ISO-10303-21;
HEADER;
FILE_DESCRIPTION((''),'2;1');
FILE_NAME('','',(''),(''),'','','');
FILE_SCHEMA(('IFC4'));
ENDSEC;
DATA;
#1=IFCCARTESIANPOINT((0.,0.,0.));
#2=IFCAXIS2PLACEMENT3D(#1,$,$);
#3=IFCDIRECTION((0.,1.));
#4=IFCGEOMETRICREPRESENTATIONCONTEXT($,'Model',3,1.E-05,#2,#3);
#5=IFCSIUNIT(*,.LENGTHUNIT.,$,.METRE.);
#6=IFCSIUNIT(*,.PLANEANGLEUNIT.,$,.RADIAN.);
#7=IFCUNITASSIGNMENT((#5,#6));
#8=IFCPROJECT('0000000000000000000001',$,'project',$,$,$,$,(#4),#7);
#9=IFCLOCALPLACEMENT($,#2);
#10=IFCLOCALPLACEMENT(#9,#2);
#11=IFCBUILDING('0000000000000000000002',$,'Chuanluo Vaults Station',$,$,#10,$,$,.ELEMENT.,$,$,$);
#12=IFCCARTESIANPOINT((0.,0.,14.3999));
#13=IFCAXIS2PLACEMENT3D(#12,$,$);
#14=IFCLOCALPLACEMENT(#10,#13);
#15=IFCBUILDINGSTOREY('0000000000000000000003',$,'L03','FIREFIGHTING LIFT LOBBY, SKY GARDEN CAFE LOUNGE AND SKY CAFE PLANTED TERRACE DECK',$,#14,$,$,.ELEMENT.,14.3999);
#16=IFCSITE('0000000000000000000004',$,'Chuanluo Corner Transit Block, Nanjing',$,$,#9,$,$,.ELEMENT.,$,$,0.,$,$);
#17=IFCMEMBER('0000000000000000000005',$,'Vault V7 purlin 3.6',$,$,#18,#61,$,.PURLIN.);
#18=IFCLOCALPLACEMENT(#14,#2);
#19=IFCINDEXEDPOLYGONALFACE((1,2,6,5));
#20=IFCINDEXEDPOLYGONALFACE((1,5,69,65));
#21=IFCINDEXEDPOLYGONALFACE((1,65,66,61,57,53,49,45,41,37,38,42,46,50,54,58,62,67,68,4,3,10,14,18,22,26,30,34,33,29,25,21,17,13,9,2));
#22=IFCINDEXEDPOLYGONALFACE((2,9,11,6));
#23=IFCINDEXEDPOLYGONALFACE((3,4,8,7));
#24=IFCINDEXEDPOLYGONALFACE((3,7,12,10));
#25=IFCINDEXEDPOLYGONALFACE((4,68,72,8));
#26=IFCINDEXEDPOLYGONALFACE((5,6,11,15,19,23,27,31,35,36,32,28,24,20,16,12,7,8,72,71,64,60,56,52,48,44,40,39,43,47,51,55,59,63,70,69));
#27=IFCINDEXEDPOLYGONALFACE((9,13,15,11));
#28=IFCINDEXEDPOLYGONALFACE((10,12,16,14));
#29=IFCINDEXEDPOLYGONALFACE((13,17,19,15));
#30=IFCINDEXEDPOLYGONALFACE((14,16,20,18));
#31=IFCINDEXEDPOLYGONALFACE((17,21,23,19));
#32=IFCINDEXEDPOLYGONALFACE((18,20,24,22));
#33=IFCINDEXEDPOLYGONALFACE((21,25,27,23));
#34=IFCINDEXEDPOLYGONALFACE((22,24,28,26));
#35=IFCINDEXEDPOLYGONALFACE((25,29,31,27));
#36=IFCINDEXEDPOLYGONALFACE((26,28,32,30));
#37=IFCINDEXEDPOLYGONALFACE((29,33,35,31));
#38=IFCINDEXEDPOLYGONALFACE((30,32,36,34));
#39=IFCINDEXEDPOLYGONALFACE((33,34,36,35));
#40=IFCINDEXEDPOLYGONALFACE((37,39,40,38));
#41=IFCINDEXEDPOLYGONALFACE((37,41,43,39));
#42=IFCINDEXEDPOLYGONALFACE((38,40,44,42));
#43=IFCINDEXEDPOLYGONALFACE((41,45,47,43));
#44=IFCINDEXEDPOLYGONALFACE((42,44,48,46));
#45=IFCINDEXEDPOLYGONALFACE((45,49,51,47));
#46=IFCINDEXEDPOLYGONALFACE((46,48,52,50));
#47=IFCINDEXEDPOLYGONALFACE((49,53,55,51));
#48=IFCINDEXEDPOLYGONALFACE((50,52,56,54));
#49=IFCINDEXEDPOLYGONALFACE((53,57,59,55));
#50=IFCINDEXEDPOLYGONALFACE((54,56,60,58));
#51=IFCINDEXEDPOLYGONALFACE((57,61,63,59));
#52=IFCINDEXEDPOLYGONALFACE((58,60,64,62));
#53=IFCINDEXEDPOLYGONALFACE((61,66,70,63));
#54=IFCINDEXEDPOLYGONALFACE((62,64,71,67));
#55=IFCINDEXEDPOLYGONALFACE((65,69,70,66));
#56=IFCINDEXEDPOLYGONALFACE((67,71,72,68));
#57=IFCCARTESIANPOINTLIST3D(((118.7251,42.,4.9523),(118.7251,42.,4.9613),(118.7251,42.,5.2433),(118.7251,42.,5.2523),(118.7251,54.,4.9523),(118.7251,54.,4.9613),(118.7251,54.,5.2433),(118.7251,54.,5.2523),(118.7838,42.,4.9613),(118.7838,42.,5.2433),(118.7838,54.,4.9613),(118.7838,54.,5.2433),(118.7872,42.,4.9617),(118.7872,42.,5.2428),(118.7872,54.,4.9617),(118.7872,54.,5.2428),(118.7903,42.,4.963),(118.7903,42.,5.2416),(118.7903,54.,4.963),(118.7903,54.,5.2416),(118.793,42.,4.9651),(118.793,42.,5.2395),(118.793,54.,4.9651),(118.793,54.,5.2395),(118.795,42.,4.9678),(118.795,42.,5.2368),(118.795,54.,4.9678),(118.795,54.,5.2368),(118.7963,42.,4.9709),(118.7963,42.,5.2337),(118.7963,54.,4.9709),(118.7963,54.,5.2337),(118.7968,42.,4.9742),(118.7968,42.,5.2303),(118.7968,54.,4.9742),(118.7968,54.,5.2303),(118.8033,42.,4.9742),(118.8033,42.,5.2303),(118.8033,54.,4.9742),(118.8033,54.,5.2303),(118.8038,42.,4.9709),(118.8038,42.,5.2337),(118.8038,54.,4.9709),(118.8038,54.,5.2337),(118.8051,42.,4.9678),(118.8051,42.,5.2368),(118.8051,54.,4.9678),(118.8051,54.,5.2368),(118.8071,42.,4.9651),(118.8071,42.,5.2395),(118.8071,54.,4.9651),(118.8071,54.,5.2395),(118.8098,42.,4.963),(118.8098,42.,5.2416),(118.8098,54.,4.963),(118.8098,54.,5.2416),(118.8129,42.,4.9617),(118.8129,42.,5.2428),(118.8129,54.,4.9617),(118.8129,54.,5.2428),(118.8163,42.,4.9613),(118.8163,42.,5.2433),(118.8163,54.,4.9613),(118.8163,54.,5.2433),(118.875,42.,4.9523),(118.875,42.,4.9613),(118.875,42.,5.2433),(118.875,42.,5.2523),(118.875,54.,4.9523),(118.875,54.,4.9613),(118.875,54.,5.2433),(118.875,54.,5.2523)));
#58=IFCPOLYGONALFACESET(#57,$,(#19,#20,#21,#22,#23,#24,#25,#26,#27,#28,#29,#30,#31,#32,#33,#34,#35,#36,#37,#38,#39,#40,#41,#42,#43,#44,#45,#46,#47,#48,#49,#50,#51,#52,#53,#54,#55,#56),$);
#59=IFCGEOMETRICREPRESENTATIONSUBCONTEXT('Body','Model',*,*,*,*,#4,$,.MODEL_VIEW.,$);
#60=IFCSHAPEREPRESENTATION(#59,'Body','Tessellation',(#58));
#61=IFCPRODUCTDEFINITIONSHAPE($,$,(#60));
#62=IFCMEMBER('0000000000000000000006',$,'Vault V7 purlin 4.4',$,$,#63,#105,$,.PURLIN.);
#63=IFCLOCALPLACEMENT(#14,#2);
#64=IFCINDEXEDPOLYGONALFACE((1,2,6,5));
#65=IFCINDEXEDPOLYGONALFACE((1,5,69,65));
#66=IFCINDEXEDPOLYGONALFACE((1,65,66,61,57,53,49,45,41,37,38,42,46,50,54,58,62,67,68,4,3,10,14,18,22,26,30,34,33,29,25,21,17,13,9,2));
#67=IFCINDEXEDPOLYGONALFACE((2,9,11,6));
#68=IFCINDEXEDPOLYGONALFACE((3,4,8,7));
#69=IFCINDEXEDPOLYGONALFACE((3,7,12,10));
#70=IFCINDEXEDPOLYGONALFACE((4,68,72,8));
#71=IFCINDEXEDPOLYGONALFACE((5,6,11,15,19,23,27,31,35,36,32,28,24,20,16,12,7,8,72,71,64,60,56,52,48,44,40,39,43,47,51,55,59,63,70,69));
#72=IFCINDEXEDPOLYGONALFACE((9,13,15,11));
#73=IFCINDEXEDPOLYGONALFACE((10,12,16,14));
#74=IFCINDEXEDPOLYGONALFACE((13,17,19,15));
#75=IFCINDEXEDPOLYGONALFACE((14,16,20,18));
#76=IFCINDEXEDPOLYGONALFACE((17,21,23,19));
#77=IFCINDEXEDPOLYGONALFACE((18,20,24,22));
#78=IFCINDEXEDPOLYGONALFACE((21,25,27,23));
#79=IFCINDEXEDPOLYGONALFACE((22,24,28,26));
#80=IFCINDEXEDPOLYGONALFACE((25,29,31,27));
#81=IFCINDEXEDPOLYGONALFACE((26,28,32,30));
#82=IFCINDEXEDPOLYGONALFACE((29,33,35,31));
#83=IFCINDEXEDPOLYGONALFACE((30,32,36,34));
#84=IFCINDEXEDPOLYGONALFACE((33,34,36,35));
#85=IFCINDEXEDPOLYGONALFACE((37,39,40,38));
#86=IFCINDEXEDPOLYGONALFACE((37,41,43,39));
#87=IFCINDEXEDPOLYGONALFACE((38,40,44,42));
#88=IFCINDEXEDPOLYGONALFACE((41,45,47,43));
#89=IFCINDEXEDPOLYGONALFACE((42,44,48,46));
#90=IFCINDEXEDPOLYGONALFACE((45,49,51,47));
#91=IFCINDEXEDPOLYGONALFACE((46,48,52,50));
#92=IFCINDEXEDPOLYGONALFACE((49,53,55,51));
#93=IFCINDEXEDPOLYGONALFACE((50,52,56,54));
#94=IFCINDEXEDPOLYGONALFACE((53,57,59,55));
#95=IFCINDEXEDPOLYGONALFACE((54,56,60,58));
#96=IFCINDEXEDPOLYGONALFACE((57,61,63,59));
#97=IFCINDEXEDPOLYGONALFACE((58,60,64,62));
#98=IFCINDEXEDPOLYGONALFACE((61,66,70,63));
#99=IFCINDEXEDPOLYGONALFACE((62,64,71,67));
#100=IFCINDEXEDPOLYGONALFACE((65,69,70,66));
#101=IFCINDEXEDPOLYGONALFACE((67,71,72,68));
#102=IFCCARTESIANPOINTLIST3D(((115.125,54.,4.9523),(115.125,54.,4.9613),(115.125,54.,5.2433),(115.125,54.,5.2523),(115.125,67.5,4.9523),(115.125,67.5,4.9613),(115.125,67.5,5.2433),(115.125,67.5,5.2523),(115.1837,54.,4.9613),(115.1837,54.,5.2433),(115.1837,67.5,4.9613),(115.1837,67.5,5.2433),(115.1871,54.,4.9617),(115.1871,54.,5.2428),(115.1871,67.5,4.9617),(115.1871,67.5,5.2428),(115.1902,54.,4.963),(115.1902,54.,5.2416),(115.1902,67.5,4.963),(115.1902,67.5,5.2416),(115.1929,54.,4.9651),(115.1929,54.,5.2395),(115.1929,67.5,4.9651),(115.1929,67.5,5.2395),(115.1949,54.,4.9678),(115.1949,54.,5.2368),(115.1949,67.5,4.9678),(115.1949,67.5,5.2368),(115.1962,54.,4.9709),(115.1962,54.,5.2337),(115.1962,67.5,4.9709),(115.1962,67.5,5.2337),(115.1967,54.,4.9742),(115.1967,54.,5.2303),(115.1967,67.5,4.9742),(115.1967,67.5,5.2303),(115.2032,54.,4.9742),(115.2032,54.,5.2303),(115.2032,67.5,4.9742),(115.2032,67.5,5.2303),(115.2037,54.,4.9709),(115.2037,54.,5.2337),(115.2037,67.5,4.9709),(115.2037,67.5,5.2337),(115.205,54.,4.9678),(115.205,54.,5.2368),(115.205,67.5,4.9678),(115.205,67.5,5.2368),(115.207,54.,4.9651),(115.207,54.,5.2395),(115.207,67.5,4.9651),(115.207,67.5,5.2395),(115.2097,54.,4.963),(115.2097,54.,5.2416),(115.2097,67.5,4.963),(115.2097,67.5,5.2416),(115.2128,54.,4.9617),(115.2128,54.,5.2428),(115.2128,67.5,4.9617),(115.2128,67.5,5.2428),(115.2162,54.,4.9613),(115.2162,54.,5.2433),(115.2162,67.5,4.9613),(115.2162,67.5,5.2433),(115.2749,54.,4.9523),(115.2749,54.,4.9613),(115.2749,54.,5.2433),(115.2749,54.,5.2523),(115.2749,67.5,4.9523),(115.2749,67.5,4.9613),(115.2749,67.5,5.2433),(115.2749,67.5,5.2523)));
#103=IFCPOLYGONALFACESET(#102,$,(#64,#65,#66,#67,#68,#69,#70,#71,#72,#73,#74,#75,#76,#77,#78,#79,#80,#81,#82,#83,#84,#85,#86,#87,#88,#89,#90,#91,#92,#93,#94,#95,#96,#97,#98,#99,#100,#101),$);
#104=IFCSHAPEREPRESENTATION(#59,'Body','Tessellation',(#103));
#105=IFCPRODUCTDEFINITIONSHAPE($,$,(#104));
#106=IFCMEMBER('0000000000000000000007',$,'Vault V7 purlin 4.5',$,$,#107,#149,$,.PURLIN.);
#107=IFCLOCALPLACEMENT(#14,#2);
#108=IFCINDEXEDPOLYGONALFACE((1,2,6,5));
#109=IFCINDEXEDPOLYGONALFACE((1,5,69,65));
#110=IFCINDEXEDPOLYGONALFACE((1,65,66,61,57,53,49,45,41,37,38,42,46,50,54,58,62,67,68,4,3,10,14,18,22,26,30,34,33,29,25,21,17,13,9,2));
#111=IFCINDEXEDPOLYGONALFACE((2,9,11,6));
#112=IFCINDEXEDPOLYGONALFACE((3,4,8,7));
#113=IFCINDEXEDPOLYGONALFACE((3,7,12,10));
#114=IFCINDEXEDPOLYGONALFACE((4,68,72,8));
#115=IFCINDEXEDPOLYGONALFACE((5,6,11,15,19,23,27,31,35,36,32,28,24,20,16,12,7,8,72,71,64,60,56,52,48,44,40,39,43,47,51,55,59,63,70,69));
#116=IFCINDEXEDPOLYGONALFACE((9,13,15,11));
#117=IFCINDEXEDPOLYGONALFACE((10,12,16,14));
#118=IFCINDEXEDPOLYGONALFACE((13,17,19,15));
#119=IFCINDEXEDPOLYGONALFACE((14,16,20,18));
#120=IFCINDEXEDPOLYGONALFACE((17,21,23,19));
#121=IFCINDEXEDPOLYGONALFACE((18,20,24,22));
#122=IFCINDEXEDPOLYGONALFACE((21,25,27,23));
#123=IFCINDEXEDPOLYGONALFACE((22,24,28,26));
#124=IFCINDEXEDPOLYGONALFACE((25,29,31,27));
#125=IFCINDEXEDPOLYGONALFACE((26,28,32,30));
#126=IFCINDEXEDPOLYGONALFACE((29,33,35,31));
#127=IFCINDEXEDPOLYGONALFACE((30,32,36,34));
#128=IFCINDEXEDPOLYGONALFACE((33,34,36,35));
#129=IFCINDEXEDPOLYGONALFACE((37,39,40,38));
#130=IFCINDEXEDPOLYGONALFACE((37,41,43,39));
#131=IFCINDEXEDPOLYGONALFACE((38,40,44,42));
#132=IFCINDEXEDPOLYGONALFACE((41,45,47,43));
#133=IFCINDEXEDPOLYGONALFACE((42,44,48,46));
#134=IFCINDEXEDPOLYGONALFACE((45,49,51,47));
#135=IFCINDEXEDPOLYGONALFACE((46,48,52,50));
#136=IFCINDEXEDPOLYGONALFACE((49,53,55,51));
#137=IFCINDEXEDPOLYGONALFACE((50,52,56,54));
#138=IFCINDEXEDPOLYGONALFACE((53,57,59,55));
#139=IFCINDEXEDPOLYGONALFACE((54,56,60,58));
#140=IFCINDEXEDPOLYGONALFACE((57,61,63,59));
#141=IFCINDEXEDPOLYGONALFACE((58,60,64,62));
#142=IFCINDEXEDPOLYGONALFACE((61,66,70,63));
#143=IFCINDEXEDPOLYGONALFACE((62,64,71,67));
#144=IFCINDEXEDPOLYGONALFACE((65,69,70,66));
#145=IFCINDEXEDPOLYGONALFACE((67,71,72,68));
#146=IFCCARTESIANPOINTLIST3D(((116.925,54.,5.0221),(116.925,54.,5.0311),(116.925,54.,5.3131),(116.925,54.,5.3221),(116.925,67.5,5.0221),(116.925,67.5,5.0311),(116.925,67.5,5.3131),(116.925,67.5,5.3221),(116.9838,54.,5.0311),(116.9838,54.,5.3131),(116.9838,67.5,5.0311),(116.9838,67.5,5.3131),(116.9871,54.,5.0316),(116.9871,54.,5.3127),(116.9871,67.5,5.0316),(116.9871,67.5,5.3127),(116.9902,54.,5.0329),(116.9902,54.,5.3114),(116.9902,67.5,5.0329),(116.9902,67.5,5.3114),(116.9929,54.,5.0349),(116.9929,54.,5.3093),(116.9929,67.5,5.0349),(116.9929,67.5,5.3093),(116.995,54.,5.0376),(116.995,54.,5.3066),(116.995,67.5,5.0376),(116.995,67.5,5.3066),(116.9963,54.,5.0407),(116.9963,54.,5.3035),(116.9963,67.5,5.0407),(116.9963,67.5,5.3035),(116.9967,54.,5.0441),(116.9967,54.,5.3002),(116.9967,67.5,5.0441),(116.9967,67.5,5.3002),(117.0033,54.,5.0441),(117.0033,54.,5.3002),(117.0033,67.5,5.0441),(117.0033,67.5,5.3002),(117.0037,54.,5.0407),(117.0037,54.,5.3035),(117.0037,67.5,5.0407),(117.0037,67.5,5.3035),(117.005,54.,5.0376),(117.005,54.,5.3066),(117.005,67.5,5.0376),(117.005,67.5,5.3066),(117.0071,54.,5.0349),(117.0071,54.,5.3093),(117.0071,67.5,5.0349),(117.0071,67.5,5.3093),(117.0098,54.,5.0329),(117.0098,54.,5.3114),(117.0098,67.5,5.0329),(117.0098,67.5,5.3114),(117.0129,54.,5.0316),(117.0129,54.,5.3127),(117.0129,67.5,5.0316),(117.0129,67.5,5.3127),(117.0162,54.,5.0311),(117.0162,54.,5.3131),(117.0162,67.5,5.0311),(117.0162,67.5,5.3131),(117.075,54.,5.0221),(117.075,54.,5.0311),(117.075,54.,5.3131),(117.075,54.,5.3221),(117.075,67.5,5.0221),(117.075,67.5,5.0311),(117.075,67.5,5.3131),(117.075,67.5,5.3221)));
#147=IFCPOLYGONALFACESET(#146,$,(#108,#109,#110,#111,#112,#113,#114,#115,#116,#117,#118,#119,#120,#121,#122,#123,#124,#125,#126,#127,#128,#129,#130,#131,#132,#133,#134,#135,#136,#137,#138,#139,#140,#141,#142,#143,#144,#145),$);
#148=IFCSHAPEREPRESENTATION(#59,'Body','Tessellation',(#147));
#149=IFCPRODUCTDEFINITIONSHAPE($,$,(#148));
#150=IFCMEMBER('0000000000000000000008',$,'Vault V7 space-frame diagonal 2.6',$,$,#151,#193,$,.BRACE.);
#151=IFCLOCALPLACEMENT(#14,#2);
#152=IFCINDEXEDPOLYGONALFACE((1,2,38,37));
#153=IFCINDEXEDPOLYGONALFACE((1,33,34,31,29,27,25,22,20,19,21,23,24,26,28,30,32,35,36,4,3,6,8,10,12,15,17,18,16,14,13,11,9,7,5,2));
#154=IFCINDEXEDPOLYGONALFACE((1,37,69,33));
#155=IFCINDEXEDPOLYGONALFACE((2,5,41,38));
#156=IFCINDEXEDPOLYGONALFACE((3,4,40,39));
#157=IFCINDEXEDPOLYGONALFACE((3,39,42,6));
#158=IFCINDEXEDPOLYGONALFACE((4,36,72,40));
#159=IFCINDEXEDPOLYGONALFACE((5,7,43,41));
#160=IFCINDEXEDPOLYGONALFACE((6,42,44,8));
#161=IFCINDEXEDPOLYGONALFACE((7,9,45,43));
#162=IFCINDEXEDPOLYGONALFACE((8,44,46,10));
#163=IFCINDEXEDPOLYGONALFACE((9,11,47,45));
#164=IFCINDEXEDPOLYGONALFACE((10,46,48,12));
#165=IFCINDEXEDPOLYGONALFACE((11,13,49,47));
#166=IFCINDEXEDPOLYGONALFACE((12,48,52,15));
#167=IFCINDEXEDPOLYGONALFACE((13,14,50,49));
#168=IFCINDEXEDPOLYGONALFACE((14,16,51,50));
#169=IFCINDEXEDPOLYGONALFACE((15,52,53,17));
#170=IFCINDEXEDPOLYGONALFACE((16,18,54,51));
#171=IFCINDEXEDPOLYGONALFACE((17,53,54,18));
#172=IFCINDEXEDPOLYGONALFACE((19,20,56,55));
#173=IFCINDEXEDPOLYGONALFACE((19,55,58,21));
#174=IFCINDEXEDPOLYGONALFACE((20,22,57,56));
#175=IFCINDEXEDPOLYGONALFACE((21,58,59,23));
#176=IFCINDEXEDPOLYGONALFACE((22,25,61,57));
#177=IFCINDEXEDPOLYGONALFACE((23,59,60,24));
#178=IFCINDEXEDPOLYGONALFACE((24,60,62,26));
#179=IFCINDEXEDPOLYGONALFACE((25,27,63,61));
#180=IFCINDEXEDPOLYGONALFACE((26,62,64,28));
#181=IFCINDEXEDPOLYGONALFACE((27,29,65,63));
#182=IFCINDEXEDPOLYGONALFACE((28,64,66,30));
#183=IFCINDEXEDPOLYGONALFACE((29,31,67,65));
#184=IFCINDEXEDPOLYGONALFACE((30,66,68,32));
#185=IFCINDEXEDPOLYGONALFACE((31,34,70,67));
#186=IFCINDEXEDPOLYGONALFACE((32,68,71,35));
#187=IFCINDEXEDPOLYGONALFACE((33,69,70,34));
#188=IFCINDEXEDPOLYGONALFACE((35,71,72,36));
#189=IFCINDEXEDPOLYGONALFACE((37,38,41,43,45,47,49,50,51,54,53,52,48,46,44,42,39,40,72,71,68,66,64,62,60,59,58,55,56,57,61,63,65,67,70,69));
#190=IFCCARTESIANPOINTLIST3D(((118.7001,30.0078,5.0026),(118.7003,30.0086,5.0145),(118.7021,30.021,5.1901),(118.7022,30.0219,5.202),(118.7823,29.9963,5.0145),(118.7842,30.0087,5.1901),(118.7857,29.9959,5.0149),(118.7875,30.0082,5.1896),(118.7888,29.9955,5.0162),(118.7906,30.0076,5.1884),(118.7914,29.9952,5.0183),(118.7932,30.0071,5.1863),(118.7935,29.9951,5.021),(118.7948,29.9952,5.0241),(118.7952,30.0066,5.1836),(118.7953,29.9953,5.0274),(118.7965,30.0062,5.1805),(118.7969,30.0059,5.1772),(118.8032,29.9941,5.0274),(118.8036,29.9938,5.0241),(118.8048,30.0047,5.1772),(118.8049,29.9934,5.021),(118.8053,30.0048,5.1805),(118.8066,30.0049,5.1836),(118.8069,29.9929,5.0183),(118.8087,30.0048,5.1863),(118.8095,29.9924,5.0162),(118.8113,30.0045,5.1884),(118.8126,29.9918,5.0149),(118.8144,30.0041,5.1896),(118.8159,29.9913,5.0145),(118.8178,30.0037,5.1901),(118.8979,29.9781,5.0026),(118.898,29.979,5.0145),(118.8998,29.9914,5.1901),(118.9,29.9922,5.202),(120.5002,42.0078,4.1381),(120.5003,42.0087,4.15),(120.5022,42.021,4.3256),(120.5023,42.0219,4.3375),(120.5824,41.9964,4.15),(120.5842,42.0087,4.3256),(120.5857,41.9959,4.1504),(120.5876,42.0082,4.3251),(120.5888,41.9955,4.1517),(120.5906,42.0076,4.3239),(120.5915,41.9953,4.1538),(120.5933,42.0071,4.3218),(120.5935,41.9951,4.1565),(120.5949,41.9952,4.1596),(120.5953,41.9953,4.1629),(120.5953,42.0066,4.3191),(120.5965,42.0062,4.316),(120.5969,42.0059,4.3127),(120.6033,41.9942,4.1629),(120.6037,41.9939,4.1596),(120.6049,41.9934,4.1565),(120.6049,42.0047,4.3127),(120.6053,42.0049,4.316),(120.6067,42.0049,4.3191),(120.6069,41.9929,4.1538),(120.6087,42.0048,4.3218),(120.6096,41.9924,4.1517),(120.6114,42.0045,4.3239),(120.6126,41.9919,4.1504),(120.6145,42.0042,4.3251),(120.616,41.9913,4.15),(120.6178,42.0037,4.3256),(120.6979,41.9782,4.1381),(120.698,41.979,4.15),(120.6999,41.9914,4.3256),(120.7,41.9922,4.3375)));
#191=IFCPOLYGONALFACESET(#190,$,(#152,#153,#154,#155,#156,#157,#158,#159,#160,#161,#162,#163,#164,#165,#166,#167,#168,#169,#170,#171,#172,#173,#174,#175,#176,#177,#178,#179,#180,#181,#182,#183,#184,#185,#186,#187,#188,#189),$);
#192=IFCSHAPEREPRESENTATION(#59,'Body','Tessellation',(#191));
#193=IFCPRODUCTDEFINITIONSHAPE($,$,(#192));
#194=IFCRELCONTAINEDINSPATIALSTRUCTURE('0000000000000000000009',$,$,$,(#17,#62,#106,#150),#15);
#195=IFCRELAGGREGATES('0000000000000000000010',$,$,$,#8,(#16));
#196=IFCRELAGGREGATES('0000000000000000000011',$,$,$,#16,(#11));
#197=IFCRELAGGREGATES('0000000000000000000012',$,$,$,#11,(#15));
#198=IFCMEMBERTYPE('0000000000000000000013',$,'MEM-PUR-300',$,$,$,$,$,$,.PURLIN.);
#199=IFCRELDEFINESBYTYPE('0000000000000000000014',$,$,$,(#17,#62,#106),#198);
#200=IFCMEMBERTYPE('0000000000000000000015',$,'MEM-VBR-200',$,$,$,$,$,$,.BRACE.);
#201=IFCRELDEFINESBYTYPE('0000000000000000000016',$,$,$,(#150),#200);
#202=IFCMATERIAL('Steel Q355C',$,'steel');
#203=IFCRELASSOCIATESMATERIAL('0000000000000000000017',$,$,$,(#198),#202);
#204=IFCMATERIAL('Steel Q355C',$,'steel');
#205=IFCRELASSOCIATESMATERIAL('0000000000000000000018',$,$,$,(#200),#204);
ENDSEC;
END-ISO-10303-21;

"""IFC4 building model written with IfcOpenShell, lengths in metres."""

from ifc_helpers import new_model, si_unit, direction, frame, origin, origin_2d, place, context, subcontext, project, spatial, i_section, extrude, material, material_profile, profile_set, type_object, element, save


model = new_model("IFC4")

# Units and contexts
model_context = context("Model", 3, precision=1e-05, world=origin(), true_north=direction((0.0, 1.0)))
body_context = subcontext(model_context, "Body", "Model", "MODEL_VIEW")
ifc_project = project(units=[si_unit("LENGTHUNIT", "METRE"), si_unit("PLANEANGLEUNIT", "RADIAN")], contexts=[model_context])

# Site, building, storey
site_placement = place(None, origin())
site = spatial("IfcSite", under=ifc_project, at=site_placement, Name="Chuanluo Corner Transit Block, Nanjing", CompositionType="ELEMENT", RefElevation=0.0)
building_placement = place(site_placement, origin())
building = spatial("IfcBuilding", under=site, at=building_placement, Name="Chuanluo Vaults Station", CompositionType="ELEMENT")
storey_placement = place(building_placement, frame((0.0, 0.0, 14.3999)))
storey = spatial("IfcBuildingStorey", under=building, at=storey_placement, Name="L03", Description="FIREFIGHTING LIFT LOBBY, SKY GARDEN CAFE LOUNGE AND SKY CAFE PLANTED TERRACE DECK", CompositionType="ELEMENT", Elevation=14.3999)

# Members
ifc_material_1 = material(Name="Steel Q355C", Category="steel")
ifc_material_profile_1 = material_profile(ifc_material_1, i_section(OverallWidth=0.1499, OverallDepth=0.3, WebThickness=0.0066, FlangeThickness=0.009, FilletRadius=0.0129, at=origin_2d()))
ifc_profile_set_1 = profile_set([ifc_material_profile_1], Name="Steel Q355C")
member_type_1 = type_object("IfcMemberType", Name="MEM-PUR-300", PredefinedType="PURLIN", material=ifc_profile_set_1)
for number, where, z_axis, x_axis, name in (
    (1, (118.8, 42.0, 5.1023), (0.0, 1.0, 0.0), (-1.0, 0.0, 0.0), "Vault V7 purlin 3.6"),
):
    element("IfcMember", number, at=place(storey_placement, frame(where, z_axis=z_axis, x_axis=x_axis)), inside=storey, type_object=member_type_1, Name=name, PredefinedType="PURLIN", context=body_context, shape_type="SweptSolid", body=[
        extrude(i_section(OverallWidth=0.1499, OverallDepth=0.3, WebThickness=0.0066, FlangeThickness=0.009, FilletRadius=0.0129, at=origin_2d()), origin(), (0.0, 0.0, 1.0), 12.0),
    ])
for number, where, z_axis, x_axis, name in (
    (2, (115.2, 54.0, 5.1023), (0.0, 1.0, 0.0), (-1.0, 0.0, 0.0), "Vault V7 purlin 4.4"),
    (3, (117.0, 54.0, 5.1721), (0.0, 1.0, 0.0), (-1.0, 0.0, 0.0), "Vault V7 purlin 4.5"),
):
    element("IfcMember", number, at=place(storey_placement, frame(where, z_axis=z_axis, x_axis=x_axis)), inside=storey, type_object=member_type_1, Name=name, PredefinedType="PURLIN", context=body_context, shape_type="SweptSolid", body=[
        extrude(i_section(OverallWidth=0.1499, OverallDepth=0.3, WebThickness=0.0066, FlangeThickness=0.009, FilletRadius=0.0129, at=origin_2d()), origin(), (0.0, 0.0, 1.0), 13.5),
    ])
ifc_material_2 = material(Name="Steel Q355C", Category="steel")
ifc_material_profile_2 = material_profile(ifc_material_2, i_section(OverallWidth=0.2, OverallDepth=0.2, WebThickness=0.0081, FlangeThickness=0.012, FilletRadius=0.0129, at=origin_2d()))
ifc_profile_set_2 = profile_set([ifc_material_profile_2], Name="Steel Q355C")
member_type_2 = type_object("IfcMemberType", Name="MEM-VBR-200", PredefinedType="BRACE", material=ifc_profile_set_2)
member_1_placement = place(storey_placement, frame((118.8, 30.0, 5.1023), z_axis=(0.147969, 0.986435, -0.071065), x_axis=(-0.988936, 0.148344, 0.0)))
element("IfcMember", 4, at=member_1_placement, inside=storey, type_object=member_type_2, Name="Vault V7 space-frame diagonal 2.6", PredefinedType="BRACE", context=body_context, shape_type="SweptSolid", body=[
    extrude(i_section(OverallWidth=0.2, OverallDepth=0.2, WebThickness=0.0081, FlangeThickness=0.012, FilletRadius=0.0129, at=origin_2d()), origin(), (0.0, 0.0, 1.0), 12.165),
])

save(model, "model.ifc")
